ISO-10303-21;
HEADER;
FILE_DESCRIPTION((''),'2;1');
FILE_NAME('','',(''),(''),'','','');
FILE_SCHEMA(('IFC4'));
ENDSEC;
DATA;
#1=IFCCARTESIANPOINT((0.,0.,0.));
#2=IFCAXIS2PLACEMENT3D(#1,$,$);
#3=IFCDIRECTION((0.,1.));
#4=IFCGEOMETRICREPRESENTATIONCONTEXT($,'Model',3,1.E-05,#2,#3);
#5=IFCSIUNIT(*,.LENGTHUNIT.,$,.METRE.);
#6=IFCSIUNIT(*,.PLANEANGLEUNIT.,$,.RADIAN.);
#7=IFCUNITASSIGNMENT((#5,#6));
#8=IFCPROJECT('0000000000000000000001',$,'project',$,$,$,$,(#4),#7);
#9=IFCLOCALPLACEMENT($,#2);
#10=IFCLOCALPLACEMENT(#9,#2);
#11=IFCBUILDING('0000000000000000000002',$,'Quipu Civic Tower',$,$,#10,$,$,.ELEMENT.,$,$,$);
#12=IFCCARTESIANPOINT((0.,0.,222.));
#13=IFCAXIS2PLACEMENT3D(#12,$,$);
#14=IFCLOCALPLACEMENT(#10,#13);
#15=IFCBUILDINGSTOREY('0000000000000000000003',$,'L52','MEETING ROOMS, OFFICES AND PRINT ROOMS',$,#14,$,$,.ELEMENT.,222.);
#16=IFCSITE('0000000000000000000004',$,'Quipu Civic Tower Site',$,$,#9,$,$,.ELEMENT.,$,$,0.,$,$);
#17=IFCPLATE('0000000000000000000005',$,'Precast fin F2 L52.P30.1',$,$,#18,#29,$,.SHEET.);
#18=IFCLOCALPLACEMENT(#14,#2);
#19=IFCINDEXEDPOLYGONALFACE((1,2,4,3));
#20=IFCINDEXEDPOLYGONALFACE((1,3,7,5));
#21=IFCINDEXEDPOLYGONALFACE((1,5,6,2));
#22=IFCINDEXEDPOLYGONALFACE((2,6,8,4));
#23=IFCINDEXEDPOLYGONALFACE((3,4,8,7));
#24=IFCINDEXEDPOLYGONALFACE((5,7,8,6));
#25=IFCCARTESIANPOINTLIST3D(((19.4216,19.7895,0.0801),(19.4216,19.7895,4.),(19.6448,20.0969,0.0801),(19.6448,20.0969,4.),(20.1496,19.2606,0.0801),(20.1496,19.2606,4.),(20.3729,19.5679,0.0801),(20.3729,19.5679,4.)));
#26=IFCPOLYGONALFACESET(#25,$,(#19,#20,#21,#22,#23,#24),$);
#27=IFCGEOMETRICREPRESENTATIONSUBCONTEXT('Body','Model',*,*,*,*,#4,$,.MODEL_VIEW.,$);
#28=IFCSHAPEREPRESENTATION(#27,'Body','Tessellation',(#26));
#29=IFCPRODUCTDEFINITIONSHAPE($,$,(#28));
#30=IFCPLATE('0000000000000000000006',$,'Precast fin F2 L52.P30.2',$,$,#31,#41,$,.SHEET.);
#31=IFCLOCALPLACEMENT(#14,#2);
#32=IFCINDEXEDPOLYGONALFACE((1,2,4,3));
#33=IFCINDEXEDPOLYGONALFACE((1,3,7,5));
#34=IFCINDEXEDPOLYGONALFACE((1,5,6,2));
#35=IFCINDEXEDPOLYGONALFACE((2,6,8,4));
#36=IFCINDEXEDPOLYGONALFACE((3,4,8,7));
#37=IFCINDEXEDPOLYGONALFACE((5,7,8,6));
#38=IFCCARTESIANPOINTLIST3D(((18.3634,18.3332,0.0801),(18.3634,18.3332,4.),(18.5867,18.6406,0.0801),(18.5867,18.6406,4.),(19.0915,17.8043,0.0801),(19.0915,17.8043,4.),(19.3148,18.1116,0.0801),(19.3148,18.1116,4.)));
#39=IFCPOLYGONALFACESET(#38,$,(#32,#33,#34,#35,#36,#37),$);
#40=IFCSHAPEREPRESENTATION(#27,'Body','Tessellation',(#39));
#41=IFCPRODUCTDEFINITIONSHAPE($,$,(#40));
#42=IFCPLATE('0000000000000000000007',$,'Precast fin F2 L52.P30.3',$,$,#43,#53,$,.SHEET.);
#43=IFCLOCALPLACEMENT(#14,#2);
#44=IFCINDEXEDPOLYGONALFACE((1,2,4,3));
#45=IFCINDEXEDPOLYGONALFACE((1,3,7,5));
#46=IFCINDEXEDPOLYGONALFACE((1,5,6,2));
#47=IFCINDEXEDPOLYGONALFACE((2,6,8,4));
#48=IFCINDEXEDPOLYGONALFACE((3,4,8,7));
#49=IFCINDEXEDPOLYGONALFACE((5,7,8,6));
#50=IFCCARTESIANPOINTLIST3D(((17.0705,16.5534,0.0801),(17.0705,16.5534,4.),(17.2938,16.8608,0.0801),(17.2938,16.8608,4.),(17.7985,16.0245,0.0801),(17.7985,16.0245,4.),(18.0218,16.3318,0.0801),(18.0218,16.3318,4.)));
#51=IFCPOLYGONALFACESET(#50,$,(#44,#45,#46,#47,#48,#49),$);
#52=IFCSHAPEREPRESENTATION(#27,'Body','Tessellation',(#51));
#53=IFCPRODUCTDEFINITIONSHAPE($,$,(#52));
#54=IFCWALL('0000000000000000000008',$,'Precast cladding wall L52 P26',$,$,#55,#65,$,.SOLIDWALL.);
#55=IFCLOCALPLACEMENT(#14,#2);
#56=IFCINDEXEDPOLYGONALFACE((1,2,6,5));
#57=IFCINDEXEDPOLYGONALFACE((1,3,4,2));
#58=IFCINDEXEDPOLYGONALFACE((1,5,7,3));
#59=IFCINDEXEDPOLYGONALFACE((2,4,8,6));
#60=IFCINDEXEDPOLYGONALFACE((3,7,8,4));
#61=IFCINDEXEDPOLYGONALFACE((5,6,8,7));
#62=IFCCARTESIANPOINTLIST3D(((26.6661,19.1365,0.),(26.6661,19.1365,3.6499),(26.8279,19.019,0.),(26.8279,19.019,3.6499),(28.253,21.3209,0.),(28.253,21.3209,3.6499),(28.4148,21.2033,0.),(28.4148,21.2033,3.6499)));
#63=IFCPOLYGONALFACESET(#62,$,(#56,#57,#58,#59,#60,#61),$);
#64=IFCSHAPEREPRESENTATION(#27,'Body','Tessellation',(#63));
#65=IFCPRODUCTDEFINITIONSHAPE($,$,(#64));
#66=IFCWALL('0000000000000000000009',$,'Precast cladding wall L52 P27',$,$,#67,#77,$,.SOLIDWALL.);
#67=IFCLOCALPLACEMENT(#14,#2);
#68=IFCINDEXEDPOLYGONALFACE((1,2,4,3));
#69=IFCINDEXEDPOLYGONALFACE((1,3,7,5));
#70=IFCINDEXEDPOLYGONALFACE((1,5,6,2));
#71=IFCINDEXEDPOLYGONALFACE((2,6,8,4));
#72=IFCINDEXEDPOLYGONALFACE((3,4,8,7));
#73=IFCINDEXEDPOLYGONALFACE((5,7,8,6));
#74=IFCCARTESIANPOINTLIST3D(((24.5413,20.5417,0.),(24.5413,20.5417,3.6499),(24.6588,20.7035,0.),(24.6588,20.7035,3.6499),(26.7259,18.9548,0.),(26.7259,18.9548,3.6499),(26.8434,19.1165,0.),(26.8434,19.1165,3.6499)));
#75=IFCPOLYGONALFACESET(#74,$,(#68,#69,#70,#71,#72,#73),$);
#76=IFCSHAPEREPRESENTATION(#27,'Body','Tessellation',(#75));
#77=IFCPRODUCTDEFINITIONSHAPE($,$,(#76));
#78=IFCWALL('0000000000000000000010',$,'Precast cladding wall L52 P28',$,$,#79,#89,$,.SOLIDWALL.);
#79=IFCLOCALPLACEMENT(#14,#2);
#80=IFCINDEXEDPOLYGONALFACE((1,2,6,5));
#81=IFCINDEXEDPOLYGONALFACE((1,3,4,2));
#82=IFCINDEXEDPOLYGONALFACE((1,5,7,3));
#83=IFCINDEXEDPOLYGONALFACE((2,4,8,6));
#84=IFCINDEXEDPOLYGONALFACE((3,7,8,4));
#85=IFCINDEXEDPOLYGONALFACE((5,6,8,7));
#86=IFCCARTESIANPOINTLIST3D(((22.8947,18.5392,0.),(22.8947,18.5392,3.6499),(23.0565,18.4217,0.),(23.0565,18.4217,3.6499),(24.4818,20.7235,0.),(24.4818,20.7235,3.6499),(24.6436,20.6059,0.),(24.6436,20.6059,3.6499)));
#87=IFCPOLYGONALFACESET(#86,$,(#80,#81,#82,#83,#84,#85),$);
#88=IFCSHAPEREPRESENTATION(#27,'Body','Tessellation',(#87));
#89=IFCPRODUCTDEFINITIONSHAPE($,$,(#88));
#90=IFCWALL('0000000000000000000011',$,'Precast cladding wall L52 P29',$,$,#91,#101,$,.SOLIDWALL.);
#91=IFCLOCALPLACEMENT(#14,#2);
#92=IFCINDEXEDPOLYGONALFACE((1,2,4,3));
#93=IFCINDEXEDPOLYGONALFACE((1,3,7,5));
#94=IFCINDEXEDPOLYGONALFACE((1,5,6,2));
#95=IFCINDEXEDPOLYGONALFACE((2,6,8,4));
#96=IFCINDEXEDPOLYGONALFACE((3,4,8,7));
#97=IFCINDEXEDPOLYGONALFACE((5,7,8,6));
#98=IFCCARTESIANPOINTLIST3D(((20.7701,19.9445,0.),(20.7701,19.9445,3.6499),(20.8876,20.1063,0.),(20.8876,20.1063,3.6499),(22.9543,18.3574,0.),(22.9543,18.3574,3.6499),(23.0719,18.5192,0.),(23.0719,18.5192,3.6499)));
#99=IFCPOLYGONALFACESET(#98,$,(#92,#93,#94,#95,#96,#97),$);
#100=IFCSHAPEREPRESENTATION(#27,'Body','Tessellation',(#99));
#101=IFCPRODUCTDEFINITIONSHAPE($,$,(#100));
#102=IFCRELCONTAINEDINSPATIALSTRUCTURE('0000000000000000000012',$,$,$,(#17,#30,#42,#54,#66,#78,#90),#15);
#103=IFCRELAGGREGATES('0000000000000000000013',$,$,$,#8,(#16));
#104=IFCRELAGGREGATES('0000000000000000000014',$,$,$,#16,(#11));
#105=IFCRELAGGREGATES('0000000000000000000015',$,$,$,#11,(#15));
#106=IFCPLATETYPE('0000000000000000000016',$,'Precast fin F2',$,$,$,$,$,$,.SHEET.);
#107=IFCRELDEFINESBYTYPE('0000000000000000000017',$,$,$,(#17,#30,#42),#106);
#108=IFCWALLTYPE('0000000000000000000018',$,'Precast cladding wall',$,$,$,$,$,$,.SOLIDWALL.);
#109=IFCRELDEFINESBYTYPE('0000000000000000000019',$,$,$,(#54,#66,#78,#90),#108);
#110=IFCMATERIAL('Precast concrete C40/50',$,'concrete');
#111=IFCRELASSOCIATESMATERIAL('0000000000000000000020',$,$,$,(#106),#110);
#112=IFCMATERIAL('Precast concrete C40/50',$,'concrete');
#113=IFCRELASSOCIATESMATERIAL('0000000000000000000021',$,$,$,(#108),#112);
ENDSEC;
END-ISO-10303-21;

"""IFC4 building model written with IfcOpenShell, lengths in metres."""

from ifc_helpers import new_model, si_unit, direction, frame, frame_2d, origin, origin_2d, place, context, subcontext, project, spatial, rectangle, extrude, material, type_object, element, save


model = new_model("IFC4")

# Units and contexts
model_context = context("Model", 3, precision=1e-05, world=origin(), true_north=direction((0.0, 1.0)))
body_context = subcontext(model_context, "Body", "Model", "MODEL_VIEW")
ifc_project = project(units=[si_unit("LENGTHUNIT", "METRE"), si_unit("PLANEANGLEUNIT", "RADIAN")], contexts=[model_context])

# Site, building, storey
site_placement = place(None, origin())
site = spatial("IfcSite", under=ifc_project, at=site_placement, Name="Quipu Civic Tower Site", CompositionType="ELEMENT", RefElevation=0.0)
building_placement = place(site_placement, origin())
building = spatial("IfcBuilding", under=site, at=building_placement, Name="Quipu Civic Tower", CompositionType="ELEMENT")
storey_placement = place(building_placement, frame((0.0, 0.0, 222.0)))
storey = spatial("IfcBuildingStorey", under=building, at=storey_placement, Name="L52", Description="MEETING ROOMS, OFFICES AND PRINT ROOMS", CompositionType="ELEMENT", Elevation=222.0)

# Plates
ifc_material_1 = material(Name="Precast concrete C40/50", Category="concrete")
plate_type_1 = type_object("IfcPlateType", Name="Precast fin F2", PredefinedType="SHEET", material=ifc_material_1)
for number, where, z_axis, x_axis, name in (
    (1, (19.8972, 19.6787, 0.0801), (0.0, 0.0, 1.0), (-0.587784, -0.809018, 0.0), "Precast fin F2 L52.P30.1"),
    (2, (18.8391, 18.2224, 0.0801), (0.0, 0.0, 1.0), (-0.587784, -0.809018, 0.0), "Precast fin F2 L52.P30.2"),
    (3, (17.5461, 16.4426, 0.0801), (0.0, 0.0, 1.0), (-0.587784, -0.809018, 0.0), "Precast fin F2 L52.P30.3"),
):
    element("IfcPlate", number, at=place(storey_placement, frame(where, z_axis=z_axis, x_axis=x_axis)), inside=storey, type_object=plate_type_1, Name=name, PredefinedType="SHEET", context=body_context, shape_type="SweptSolid", body=[
        extrude(rectangle(XDim=0.3799, YDim=0.8999, at=origin_2d()), origin(), (0.0, 0.0, 1.0), 3.9199),
    ])

# Walls
ifc_material_2 = material(Name="Precast concrete C40/50", Category="concrete")
wall_type = type_object("IfcWallType", Name="Precast cladding wall", PredefinedType="SOLIDWALL", material=ifc_material_2)
wall_1_placement = place(storey_placement, frame((28.334, 21.2622, 0.0), z_axis=(0.0, 0.0, 1.0), x_axis=(-0.587763, -0.809033, 0.0)))
element("IfcWall", 4, at=wall_1_placement, inside=storey, type_object=wall_type, Name="Precast cladding wall L52 P26", PredefinedType="SOLIDWALL", context=body_context, shape_type="SweptSolid", body=[
    extrude(rectangle(XDim=2.7, YDim=0.2, at=frame_2d((1.3501, 0.0))), origin(), (0.0, 0.0, 1.0), 3.6499),
])
wall_2_placement = place(storey_placement, frame((26.7847, 19.0356, 0.0), z_axis=(0.0, 0.0, 1.0), x_axis=(-0.809064, 0.58772, 0.0)))
element("IfcWall", 5, at=wall_2_placement, inside=storey, type_object=wall_type, Name="Precast cladding wall L52 P27", PredefinedType="SOLIDWALL", context=body_context, shape_type="SweptSolid", body=[
    extrude(rectangle(XDim=2.7002, YDim=0.2, at=frame_2d((1.3501, 0.0))), origin(), (0.0, 0.0, 1.0), 3.6499),
])
for number, where, z_axis, x_axis, name in (
    (6, (24.5627, 20.6648, 0.0), (0.0, 0.0, 1.0), (-0.587822, -0.80899, 0.0), "Precast cladding wall L52 P28"),
    (7, (23.0132, 18.4382, 0.0), (0.0, 0.0, 1.0), (-0.80899, 0.587822, 0.0), "Precast cladding wall L52 P29"),
):
    element("IfcWall", number, at=place(storey_placement, frame(where, z_axis=z_axis, x_axis=x_axis)), inside=storey, type_object=wall_type, Name=name, PredefinedType="SOLIDWALL", context=body_context, shape_type="SweptSolid", body=[
        extrude(rectangle(XDim=2.7, YDim=0.2, at=frame_2d((1.3501, 0.0))), origin(), (0.0, 0.0, 1.0), 3.6499),
    ])

save(model, "model.ifc")
